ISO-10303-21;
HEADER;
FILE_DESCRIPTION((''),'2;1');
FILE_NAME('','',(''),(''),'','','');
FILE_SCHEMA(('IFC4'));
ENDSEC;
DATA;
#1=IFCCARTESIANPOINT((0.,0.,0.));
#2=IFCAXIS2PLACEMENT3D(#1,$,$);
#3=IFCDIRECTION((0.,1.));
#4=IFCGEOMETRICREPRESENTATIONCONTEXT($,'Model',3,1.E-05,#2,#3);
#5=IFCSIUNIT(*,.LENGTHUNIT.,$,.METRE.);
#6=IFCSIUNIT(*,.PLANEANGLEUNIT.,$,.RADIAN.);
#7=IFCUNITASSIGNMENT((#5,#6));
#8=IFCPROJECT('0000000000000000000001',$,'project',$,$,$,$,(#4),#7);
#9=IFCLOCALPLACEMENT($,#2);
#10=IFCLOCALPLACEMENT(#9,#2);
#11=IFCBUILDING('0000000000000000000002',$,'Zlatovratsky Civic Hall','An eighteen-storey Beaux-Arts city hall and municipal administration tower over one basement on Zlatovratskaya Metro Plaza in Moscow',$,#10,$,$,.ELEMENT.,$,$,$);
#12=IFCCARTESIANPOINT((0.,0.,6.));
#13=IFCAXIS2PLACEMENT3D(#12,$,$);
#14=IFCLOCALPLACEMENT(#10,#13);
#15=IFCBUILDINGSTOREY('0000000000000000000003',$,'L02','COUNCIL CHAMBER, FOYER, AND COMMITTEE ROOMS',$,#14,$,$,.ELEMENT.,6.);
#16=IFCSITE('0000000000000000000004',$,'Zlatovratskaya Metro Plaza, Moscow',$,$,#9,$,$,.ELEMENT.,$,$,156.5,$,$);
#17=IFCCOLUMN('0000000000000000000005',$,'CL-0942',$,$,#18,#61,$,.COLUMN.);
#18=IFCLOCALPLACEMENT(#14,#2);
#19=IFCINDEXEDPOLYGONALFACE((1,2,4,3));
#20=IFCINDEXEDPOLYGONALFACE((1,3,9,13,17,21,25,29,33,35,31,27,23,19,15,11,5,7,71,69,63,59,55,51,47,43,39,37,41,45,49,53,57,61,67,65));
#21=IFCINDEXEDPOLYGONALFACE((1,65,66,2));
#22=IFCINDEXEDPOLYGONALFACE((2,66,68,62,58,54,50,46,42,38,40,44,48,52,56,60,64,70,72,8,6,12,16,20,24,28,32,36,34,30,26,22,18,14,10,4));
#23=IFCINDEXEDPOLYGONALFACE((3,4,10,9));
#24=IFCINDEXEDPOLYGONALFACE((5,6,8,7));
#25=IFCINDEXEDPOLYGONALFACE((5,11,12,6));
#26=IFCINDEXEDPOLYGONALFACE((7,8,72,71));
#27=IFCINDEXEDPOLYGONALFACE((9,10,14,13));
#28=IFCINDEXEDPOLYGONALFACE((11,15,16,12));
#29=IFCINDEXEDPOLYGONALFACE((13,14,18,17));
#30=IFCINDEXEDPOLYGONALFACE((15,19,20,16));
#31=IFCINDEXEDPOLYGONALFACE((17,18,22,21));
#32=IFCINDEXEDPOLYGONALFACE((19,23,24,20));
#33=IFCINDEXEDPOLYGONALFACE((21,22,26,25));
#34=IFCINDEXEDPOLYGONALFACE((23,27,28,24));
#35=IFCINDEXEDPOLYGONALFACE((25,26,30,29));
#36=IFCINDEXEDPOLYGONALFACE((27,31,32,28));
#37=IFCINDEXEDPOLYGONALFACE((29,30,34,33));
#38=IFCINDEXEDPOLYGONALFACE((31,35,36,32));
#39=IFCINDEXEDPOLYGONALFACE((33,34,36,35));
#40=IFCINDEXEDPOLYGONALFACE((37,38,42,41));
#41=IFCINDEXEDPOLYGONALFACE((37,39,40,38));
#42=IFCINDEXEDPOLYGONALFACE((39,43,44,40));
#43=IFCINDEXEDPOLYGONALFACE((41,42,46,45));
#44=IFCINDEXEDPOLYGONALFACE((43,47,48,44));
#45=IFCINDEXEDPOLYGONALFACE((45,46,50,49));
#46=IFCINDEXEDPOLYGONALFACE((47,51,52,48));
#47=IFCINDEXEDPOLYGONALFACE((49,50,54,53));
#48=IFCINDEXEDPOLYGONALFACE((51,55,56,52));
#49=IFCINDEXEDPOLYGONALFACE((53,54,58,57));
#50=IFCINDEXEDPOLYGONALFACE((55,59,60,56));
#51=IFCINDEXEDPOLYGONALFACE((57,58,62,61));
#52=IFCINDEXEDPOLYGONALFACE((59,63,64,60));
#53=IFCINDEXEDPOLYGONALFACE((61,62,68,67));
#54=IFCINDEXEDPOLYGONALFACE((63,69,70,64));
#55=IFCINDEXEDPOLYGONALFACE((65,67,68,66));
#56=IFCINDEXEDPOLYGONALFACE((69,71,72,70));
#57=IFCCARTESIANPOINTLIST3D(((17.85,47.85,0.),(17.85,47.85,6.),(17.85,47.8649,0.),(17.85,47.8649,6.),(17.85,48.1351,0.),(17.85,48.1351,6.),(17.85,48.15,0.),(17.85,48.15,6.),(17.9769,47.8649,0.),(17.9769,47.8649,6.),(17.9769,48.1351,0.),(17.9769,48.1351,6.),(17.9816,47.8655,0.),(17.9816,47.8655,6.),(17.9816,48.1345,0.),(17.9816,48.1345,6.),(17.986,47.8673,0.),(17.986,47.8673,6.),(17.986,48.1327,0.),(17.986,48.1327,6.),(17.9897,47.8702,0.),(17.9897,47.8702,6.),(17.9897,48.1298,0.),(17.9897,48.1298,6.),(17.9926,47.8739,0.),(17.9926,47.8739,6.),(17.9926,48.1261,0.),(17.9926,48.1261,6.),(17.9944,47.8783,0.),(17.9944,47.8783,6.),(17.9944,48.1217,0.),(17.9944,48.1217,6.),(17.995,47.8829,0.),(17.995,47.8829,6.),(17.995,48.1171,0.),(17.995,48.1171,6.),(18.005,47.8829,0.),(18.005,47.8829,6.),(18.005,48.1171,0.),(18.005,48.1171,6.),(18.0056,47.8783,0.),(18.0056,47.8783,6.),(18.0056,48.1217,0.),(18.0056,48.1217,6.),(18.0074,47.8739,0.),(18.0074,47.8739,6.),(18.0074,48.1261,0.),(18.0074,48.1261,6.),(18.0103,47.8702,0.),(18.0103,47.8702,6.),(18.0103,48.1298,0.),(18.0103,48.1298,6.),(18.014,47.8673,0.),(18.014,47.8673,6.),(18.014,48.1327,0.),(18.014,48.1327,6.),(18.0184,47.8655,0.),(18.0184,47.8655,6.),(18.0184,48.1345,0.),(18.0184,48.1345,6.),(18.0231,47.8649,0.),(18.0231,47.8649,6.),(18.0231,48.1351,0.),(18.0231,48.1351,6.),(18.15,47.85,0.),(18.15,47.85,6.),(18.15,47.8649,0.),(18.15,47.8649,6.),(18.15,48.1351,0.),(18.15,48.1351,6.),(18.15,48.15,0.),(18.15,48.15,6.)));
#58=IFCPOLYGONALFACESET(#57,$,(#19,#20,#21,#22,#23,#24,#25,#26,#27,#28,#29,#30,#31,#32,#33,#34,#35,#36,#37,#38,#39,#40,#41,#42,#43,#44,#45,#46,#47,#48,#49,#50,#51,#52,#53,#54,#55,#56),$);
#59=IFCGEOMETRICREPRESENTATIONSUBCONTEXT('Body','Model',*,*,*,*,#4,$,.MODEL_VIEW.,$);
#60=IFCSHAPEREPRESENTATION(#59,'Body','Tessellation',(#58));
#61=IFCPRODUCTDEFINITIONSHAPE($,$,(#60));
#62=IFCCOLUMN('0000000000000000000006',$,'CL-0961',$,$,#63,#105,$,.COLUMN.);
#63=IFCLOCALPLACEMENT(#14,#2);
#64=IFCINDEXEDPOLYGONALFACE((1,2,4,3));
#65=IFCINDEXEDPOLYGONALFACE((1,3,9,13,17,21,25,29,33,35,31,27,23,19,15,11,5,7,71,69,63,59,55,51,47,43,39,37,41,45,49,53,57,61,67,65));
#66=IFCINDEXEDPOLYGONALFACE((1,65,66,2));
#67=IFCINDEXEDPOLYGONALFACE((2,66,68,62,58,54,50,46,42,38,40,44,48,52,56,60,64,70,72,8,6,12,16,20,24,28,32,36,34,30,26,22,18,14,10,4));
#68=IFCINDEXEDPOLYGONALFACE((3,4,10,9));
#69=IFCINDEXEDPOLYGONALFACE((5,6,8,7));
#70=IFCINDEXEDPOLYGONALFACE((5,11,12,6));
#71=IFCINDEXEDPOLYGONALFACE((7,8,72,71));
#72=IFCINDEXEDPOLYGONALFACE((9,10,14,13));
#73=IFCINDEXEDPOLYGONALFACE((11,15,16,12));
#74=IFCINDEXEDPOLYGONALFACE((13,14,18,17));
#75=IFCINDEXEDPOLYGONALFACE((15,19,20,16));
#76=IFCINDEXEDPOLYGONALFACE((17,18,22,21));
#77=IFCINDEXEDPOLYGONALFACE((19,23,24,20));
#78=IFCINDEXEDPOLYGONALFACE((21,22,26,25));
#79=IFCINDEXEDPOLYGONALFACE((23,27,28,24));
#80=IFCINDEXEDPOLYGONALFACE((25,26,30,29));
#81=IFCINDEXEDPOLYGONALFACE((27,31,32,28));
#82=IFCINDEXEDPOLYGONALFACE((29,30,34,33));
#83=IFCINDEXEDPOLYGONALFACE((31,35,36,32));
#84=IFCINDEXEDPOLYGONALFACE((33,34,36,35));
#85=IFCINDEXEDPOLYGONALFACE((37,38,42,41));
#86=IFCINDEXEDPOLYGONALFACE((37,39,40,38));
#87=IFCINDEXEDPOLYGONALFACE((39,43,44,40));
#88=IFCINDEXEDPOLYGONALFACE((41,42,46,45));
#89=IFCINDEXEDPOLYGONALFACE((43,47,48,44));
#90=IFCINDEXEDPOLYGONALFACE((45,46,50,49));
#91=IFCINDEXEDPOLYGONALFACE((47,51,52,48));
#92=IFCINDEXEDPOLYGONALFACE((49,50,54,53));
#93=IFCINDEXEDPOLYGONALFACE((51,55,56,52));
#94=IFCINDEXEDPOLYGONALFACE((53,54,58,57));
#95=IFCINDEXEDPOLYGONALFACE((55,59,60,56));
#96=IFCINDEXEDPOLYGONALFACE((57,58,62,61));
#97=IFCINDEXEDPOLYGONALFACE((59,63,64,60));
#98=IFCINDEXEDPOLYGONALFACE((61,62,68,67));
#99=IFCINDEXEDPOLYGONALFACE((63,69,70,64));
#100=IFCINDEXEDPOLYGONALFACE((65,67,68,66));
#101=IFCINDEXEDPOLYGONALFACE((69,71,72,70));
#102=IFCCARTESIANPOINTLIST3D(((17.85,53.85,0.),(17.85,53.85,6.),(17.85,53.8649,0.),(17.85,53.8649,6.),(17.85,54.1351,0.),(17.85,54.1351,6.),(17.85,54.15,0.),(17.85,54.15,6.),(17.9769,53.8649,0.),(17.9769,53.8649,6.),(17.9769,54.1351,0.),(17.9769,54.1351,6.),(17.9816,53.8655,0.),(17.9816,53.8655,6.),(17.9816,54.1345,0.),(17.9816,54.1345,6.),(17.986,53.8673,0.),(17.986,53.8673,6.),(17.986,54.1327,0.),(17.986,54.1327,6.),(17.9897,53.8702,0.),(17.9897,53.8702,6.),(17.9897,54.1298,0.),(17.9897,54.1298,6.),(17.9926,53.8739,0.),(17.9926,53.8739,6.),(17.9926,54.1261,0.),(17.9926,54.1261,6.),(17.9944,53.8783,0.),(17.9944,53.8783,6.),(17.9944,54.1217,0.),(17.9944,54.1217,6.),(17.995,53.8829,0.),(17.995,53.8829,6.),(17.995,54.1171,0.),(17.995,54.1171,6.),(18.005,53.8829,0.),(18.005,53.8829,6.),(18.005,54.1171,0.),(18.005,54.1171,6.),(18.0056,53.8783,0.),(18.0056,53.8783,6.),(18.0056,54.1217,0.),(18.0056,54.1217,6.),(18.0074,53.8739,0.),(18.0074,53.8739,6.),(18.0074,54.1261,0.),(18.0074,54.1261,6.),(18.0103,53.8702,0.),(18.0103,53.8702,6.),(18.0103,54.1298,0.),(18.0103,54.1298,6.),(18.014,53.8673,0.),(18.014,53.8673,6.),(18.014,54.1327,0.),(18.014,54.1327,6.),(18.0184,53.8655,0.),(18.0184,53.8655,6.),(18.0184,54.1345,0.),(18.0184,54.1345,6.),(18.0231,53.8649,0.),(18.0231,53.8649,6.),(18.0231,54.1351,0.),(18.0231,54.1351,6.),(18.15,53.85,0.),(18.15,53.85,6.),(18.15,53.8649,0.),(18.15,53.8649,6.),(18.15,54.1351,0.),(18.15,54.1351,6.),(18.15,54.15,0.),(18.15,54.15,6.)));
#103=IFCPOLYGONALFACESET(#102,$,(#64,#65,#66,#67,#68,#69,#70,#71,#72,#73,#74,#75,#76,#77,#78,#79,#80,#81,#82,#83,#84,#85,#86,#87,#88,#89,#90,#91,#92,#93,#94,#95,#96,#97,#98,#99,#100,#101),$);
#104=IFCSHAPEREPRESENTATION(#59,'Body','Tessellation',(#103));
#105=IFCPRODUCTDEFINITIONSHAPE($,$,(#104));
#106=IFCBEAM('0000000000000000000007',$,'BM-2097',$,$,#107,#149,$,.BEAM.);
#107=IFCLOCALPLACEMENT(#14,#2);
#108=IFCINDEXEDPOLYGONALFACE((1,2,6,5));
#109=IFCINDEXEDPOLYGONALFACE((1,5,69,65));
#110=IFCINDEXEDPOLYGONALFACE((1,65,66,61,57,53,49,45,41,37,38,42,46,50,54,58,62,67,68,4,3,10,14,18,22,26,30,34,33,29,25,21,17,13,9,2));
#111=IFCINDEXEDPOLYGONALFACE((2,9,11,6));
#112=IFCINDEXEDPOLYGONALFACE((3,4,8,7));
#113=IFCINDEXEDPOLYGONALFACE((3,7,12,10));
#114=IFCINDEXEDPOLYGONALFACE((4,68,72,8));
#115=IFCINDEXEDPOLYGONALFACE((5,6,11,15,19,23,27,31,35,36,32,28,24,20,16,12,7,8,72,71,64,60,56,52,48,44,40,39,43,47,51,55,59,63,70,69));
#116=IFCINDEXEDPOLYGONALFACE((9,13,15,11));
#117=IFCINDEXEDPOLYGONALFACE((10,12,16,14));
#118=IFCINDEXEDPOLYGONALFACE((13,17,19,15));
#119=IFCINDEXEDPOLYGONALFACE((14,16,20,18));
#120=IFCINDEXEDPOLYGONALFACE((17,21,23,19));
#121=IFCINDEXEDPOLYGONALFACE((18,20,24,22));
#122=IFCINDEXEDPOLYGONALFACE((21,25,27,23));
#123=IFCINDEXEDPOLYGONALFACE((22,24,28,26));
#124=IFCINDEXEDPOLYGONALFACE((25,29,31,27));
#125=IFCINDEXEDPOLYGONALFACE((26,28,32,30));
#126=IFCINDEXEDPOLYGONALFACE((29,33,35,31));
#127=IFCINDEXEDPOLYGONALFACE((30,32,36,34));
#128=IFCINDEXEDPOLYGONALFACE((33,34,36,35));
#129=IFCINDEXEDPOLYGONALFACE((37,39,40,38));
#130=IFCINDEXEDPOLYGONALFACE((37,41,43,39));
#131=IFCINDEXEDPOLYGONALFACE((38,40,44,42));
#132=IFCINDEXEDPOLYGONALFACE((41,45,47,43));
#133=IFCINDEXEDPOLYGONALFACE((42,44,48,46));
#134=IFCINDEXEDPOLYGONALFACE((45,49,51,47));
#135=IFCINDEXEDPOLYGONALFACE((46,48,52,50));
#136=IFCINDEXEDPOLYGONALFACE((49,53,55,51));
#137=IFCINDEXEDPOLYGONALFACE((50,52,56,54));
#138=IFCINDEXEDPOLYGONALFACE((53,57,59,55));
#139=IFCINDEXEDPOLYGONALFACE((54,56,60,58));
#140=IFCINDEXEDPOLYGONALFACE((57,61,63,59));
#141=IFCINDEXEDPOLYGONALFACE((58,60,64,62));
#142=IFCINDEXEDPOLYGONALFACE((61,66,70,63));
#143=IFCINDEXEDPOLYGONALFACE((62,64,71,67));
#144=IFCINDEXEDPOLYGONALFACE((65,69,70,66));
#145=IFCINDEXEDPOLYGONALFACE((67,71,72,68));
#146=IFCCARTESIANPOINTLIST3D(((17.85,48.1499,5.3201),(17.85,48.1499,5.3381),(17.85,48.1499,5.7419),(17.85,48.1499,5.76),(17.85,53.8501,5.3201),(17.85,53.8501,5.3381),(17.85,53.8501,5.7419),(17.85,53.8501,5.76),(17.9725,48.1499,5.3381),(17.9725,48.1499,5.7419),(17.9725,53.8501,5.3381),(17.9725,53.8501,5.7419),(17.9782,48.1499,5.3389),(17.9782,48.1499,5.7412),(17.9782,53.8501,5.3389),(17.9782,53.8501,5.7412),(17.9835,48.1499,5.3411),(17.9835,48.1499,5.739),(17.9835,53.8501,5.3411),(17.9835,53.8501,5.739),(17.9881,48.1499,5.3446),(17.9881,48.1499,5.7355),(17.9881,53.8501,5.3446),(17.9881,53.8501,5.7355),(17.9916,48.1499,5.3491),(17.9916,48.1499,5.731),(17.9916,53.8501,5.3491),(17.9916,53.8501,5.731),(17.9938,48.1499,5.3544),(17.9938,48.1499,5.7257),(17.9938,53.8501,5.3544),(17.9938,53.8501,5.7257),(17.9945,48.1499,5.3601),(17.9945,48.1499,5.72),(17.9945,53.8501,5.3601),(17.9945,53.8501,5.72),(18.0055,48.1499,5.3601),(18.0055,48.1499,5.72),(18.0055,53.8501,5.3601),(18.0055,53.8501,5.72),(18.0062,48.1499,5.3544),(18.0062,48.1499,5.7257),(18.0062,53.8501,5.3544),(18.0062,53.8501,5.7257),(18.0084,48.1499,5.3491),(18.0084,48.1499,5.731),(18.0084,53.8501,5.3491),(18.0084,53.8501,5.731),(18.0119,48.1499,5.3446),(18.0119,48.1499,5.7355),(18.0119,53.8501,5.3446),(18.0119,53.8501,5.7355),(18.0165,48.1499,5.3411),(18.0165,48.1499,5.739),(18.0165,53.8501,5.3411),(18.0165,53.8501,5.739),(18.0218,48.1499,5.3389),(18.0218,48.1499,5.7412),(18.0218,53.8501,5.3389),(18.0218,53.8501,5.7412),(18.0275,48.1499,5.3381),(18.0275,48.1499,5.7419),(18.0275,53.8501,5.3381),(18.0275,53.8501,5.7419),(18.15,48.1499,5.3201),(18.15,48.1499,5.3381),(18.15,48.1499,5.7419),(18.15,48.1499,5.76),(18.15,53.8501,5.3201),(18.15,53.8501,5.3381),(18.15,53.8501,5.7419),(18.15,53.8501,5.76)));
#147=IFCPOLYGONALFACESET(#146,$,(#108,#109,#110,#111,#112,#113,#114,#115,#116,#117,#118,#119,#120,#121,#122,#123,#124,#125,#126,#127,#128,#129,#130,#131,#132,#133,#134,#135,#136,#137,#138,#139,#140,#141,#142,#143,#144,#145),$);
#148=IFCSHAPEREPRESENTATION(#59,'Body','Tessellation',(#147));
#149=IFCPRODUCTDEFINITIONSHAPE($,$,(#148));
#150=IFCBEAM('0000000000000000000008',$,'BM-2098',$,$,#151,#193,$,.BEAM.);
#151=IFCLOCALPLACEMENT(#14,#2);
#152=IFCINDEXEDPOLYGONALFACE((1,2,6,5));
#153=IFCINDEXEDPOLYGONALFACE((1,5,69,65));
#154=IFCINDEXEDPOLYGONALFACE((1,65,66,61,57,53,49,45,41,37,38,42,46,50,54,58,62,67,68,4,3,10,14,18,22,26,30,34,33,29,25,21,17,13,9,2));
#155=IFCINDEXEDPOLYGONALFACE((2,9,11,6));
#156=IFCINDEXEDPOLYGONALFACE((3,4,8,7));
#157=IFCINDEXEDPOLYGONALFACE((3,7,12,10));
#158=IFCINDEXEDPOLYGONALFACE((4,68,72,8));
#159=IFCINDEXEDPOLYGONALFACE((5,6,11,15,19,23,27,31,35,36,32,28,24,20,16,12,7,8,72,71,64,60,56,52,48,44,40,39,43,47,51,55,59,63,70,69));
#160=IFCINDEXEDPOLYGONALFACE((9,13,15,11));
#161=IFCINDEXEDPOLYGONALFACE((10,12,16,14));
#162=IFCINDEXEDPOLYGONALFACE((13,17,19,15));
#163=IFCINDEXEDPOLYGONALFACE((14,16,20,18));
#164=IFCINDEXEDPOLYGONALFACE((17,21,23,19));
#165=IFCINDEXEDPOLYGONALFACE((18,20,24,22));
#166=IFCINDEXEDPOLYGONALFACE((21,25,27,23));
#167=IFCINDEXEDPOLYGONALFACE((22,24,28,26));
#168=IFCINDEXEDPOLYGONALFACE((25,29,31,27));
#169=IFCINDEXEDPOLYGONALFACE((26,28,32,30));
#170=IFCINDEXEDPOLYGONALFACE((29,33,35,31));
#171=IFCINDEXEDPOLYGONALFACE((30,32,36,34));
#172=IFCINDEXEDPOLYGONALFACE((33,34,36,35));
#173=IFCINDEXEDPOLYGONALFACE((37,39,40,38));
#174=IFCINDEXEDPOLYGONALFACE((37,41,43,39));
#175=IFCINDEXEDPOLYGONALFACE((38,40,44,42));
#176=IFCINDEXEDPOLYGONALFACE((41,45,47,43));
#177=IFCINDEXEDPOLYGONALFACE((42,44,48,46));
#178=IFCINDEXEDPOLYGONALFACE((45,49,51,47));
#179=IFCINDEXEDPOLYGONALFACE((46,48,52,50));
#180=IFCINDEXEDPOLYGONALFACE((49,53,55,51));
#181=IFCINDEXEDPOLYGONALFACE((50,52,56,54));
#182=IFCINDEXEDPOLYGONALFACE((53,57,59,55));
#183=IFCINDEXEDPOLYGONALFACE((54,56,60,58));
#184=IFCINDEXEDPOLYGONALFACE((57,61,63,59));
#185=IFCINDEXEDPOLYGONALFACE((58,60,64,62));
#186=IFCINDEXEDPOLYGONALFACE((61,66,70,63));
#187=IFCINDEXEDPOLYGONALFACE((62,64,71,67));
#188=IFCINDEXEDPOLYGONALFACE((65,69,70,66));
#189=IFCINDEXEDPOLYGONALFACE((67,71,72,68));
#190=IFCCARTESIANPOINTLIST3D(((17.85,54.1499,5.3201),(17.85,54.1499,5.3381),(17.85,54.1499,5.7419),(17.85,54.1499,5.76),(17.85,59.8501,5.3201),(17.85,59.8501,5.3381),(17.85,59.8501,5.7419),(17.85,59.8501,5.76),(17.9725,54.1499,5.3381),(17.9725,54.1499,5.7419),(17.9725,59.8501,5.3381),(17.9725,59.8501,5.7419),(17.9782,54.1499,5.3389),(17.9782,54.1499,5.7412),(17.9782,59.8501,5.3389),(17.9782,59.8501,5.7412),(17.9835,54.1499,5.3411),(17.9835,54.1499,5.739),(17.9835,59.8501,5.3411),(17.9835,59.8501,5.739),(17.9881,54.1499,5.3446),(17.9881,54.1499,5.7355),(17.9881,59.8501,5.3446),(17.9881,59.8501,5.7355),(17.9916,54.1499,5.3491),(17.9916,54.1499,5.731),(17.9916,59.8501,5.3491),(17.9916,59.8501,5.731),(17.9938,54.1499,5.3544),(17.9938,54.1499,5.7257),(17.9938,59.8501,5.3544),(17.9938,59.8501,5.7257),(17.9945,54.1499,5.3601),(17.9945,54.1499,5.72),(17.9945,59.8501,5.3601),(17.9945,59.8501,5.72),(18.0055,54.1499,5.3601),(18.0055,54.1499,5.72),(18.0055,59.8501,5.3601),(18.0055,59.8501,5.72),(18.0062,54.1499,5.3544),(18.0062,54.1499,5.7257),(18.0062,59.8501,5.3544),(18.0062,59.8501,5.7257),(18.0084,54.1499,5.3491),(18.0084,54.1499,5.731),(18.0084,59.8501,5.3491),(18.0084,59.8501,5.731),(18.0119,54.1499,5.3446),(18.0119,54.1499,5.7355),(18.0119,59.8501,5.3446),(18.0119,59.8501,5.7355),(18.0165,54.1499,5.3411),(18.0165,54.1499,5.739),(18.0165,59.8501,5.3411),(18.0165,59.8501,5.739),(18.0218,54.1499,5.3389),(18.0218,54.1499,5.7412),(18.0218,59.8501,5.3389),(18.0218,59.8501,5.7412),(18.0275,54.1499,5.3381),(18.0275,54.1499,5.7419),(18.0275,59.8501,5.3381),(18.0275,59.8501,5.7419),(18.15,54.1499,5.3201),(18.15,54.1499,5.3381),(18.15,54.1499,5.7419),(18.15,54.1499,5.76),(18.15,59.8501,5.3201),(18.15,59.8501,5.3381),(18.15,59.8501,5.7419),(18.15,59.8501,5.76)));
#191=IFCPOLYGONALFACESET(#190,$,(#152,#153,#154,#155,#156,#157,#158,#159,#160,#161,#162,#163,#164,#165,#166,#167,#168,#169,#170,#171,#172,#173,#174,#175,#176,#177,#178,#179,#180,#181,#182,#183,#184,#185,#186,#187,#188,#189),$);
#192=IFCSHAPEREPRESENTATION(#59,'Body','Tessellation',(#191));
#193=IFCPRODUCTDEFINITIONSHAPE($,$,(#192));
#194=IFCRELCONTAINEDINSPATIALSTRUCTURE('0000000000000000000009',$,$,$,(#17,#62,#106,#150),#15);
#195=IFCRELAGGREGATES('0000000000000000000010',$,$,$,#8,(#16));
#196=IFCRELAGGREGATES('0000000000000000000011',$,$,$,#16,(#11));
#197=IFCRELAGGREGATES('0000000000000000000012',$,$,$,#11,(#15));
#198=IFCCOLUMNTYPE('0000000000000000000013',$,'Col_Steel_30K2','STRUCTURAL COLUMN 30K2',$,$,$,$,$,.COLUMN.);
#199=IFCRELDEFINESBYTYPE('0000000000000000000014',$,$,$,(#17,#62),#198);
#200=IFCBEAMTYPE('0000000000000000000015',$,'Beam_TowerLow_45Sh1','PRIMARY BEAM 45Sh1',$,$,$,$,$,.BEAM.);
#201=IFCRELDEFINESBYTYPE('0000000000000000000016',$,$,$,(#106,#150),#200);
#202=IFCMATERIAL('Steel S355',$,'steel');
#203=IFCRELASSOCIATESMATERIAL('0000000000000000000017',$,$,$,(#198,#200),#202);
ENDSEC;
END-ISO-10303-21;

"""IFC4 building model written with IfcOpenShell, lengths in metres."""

from ifc_helpers import new_model, si_unit, direction, frame, origin, origin_2d, place, context, subcontext, project, spatial, i_section, extrude, material, material_profile, profile_set, type_object, element, save


model = new_model("IFC4")

# Units and contexts
model_context = context("Model", 3, precision=1e-05, world=origin(), true_north=direction((0.0, 1.0)))
body_context = subcontext(model_context, "Body", "Model", "MODEL_VIEW")
ifc_project = project(units=[si_unit("LENGTHUNIT", "METRE"), si_unit("PLANEANGLEUNIT", "RADIAN")], contexts=[model_context])

# Site, building, storey
site_placement = place(None, origin())
site = spatial("IfcSite", under=ifc_project, at=site_placement, Name="Zlatovratskaya Metro Plaza, Moscow", CompositionType="ELEMENT", RefElevation=156.5)
building_placement = place(site_placement, origin())
building = spatial("IfcBuilding", under=site, at=building_placement, Name="Zlatovratsky Civic Hall", Description="An eighteen-storey Beaux-Arts city hall and municipal administration tower over one basement on Zlatovratskaya Metro Plaza in Moscow", CompositionType="ELEMENT")
storey_placement = place(building_placement, frame((0.0, 0.0, 6.0)))
storey = spatial("IfcBuildingStorey", under=building, at=storey_placement, Name="L02", Description="COUNCIL CHAMBER, FOYER, AND COMMITTEE ROOMS", CompositionType="ELEMENT", Elevation=6.0)

# Columns
ifc_material_1 = material(Name="Steel S355", Category="steel")
ifc_material_profile_1 = material_profile(ifc_material_1, i_section(OverallWidth=0.3, OverallDepth=0.3, WebThickness=0.01, FlangeThickness=0.0149, FilletRadius=0.0181, at=origin_2d()), Name="30K2")
ifc_profile_set_1 = profile_set([ifc_material_profile_1], Name="Steel S355")
column_type = type_object("IfcColumnType", Name="Col_Steel_30K2", Description="STRUCTURAL COLUMN 30K2", PredefinedType="COLUMN", material=ifc_profile_set_1)
for number, where, z_axis, x_axis, name in (
    (1, (18.0, 48.0, 0.0), (0.0, 0.0, 1.0), (1.0, 0.0, 0.0), "CL-0942"),
    (2, (18.0, 54.0, 0.0), (0.0, 0.0, 1.0), (1.0, 0.0, 0.0), "CL-0961"),
):
    element("IfcColumn", number, at=place(storey_placement, frame(where, z_axis=z_axis, x_axis=x_axis)), inside=storey, type_object=column_type, Name=name, PredefinedType="COLUMN", context=body_context, shape_type="SweptSolid", body=[
        extrude(i_section(OverallWidth=0.3, OverallDepth=0.3, WebThickness=0.01, FlangeThickness=0.0149, FilletRadius=0.0181, at=origin_2d()), origin(), (0.0, 0.0, 1.0), 6.0),
    ])

# Beams
ifc_material_profile_2 = material_profile(ifc_material_1, i_section(OverallWidth=0.3, OverallDepth=0.4399, WebThickness=0.011, FlangeThickness=0.0181, FilletRadius=0.022, at=origin_2d()), Name="45Sh1")
ifc_profile_set_2 = profile_set([ifc_material_profile_2], Name="Steel S355")
beam_type = type_object("IfcBeamType", Name="Beam_TowerLow_45Sh1", Description="PRIMARY BEAM 45Sh1", PredefinedType="BEAM", material=ifc_profile_set_2)
for number, where, z_axis, x_axis, name in (
    (3, (18.0, 48.1499, 5.54), (0.0, 1.0, 0.0), (-1.0, 0.0, 0.0), "BM-2097"),
    (4, (18.0, 54.1499, 5.54), (0.0, 1.0, 0.0), (-1.0, 0.0, 0.0), "BM-2098"),
):
    element("IfcBeam", number, at=place(storey_placement, frame(where, z_axis=z_axis, x_axis=x_axis)), inside=storey, type_object=beam_type, Name=name, PredefinedType="BEAM", context=body_context, shape_type="SweptSolid", body=[
        extrude(i_section(OverallWidth=0.3, OverallDepth=0.4399, WebThickness=0.011, FlangeThickness=0.0181, FilletRadius=0.022, at=origin_2d()), origin(), (0.0, 0.0, 1.0), 5.7002),
    ])

save(model, "model.ifc")
